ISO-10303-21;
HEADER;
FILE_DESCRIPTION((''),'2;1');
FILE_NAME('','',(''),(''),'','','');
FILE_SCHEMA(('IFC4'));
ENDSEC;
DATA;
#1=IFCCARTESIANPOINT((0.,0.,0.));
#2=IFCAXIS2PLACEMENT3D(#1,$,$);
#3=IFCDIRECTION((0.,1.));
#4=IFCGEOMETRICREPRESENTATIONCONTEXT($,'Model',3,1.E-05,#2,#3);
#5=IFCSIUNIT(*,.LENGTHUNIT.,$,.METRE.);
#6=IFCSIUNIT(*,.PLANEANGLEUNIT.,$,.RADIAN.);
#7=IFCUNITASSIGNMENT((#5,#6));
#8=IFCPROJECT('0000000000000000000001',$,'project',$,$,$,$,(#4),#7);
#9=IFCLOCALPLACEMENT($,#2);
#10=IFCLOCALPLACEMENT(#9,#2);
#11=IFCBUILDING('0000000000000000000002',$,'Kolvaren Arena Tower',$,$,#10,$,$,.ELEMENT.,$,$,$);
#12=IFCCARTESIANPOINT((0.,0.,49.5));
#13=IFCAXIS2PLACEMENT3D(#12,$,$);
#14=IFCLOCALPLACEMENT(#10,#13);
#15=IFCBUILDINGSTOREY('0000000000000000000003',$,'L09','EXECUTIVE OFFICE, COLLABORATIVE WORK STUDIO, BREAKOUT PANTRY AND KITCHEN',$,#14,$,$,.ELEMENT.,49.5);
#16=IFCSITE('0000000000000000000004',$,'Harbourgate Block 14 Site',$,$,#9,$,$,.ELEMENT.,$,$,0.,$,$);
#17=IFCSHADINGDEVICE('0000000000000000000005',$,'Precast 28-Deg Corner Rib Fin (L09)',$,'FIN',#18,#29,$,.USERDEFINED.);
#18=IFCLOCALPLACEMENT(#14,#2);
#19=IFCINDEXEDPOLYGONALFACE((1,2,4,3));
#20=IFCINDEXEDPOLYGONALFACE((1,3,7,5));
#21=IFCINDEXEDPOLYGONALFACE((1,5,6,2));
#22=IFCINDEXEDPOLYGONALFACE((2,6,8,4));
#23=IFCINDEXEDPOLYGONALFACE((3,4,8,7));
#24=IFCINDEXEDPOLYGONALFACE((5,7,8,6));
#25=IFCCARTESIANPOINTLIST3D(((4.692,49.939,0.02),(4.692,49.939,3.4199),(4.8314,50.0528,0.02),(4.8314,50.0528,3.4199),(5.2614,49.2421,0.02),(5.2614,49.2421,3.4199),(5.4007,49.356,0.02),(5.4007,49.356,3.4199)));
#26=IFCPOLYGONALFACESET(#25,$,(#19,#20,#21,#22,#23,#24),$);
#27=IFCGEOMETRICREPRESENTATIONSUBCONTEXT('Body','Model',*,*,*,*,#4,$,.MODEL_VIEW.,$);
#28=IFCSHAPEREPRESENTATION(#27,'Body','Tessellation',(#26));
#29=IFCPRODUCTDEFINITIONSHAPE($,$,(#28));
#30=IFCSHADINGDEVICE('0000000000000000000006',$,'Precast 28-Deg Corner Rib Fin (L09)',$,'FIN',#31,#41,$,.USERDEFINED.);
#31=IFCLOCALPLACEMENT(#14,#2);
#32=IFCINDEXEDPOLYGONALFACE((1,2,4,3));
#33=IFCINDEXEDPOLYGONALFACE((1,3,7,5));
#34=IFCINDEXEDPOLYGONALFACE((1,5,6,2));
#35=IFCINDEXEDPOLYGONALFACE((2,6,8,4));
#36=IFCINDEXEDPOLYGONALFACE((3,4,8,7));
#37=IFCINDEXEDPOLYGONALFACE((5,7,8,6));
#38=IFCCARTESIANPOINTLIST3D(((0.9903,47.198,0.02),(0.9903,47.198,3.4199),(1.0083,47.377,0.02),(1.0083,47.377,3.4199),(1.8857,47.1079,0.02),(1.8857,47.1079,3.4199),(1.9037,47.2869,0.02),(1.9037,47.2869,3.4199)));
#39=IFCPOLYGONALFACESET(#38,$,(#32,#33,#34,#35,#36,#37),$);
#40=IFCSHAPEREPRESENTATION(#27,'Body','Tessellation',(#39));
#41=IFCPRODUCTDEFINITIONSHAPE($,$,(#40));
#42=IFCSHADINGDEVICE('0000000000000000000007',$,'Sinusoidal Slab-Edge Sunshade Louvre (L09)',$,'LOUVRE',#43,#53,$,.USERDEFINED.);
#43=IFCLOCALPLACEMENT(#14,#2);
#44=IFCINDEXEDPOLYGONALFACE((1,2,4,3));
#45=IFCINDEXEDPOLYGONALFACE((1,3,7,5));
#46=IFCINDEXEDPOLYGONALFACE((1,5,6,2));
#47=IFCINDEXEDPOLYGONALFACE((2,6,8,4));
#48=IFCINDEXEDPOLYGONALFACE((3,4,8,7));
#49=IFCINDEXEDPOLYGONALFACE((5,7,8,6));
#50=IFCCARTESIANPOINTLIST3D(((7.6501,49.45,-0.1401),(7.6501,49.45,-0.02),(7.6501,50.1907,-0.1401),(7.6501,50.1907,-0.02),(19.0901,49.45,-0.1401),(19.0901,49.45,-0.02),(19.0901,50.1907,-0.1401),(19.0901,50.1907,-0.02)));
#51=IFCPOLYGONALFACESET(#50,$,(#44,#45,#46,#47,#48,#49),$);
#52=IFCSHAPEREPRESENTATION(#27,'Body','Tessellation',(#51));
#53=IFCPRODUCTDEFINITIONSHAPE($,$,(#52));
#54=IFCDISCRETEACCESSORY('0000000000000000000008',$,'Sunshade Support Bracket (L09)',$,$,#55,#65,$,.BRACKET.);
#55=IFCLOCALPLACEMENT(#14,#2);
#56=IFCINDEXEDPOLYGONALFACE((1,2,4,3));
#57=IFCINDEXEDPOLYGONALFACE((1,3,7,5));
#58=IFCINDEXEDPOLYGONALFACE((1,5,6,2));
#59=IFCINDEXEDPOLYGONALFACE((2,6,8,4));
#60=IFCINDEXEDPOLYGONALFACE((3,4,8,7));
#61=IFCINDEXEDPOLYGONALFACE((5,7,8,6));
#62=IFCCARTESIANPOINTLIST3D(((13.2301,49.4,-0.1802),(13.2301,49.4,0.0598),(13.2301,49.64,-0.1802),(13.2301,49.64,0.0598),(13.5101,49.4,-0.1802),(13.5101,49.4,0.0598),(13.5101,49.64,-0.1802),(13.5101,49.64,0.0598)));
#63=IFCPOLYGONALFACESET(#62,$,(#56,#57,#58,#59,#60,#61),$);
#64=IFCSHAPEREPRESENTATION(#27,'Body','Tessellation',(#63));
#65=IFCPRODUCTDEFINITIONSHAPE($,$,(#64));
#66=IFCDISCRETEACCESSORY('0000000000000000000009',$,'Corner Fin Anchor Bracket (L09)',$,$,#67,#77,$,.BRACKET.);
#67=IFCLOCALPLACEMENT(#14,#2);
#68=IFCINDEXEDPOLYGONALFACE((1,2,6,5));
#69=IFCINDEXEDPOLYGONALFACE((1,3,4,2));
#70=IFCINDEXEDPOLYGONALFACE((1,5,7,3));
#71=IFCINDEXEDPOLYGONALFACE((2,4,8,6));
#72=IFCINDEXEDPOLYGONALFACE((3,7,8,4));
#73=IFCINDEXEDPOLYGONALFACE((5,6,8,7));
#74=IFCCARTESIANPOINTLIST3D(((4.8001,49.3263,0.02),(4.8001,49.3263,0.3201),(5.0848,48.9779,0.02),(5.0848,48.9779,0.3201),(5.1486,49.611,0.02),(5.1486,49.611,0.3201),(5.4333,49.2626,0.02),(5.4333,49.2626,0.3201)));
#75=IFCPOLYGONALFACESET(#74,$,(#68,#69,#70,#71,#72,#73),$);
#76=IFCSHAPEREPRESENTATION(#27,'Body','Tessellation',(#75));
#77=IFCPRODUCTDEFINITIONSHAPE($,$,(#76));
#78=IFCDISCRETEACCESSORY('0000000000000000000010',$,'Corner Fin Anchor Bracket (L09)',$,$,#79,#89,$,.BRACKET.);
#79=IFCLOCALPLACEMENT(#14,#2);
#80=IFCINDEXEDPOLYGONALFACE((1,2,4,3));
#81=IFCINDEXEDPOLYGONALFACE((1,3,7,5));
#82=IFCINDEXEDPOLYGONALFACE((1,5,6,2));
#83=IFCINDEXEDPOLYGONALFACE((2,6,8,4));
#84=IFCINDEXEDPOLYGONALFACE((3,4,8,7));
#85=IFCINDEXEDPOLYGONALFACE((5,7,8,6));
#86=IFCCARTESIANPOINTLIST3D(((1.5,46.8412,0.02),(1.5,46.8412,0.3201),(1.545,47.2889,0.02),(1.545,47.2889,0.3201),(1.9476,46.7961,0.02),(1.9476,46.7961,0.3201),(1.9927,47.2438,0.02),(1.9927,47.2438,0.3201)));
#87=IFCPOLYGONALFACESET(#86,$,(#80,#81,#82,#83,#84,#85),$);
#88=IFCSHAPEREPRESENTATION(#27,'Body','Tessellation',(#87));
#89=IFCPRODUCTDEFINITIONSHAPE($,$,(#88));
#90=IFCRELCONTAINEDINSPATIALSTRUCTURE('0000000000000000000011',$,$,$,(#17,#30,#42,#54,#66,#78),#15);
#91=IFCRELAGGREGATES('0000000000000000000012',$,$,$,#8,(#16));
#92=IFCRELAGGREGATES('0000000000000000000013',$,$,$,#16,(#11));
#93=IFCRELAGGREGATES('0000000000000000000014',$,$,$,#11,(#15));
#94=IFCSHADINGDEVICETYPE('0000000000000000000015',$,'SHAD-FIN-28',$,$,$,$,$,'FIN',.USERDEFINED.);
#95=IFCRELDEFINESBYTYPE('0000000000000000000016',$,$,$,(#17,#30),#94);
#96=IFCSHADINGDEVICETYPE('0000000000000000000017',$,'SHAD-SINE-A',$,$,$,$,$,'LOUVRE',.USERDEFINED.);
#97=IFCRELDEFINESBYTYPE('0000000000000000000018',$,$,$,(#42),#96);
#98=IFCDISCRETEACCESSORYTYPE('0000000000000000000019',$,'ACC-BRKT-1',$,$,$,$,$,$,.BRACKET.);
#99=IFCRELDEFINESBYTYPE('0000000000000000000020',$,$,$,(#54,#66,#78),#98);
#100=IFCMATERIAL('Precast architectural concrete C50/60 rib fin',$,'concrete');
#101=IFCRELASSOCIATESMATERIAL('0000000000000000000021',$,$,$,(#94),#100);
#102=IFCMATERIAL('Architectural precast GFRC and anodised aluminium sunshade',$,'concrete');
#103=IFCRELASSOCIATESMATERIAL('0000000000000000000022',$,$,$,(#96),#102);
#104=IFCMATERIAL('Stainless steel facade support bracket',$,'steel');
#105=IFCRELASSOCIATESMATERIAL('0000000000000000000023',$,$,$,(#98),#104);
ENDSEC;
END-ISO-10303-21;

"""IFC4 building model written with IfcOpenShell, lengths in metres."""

from ifc_helpers import new_model, si_unit, direction, frame, origin, origin_2d, place, context, subcontext, project, spatial, rectangle, extrude, material, type_object, element, save


model = new_model("IFC4")

# Units and contexts
model_context = context("Model", 3, precision=1e-05, world=origin(), true_north=direction((0.0, 1.0)))
body_context = subcontext(model_context, "Body", "Model", "MODEL_VIEW")
ifc_project = project(units=[si_unit("LENGTHUNIT", "METRE"), si_unit("PLANEANGLEUNIT", "RADIAN")], contexts=[model_context])

# Site, building, storey
site_placement = place(None, origin())
site = spatial("IfcSite", under=ifc_project, at=site_placement, Name="Harbourgate Block 14 Site", CompositionType="ELEMENT", RefElevation=0.0)
building_placement = place(site_placement, origin())
building = spatial("IfcBuilding", under=site, at=building_placement, Name="Kolvaren Arena Tower", CompositionType="ELEMENT")
storey_placement = place(building_placement, frame((0.0, 0.0, 49.5)))
storey = spatial("IfcBuildingStorey", under=building, at=storey_placement, Name="L09", Description="EXECUTIVE OFFICE, COLLABORATIVE WORK STUDIO, BREAKOUT PANTRY AND KITCHEN", CompositionType="ELEMENT", Elevation=49.5)

# Shading devices
ifc_material_1 = material(Name="Precast architectural concrete C50/60 rib fin", Category="concrete")
shading_device_type_1 = type_object("IfcShadingDeviceType", Name="SHAD-FIN-28", ElementType="FIN", PredefinedType="USERDEFINED", material=ifc_material_1)
for number, where, z_axis, x_axis, name in (
    (1, (5.0464, 49.6475, 0.02), (0.0, 0.0, 1.0), (-0.632723, 0.774378, 0.0), "Precast 28-Deg Corner Rib Fin (L09)"),
    (2, (1.447, 47.2424, 0.02), (0.0, 0.0, 1.0), (-0.994972, 0.100155, 0.0), "Precast 28-Deg Corner Rib Fin (L09)"),
):
    element("IfcShadingDevice", number, at=place(storey_placement, frame(where, z_axis=z_axis, x_axis=x_axis)), inside=storey, type_object=shading_device_type_1, Name=name, ObjectType="FIN", PredefinedType="USERDEFINED", context=body_context, shape_type="SweptSolid", body=[
        extrude(rectangle(XDim=0.8999, YDim=0.1799, at=origin_2d()), origin(), (0.0, 0.0, 1.0), 3.3999),
    ])
ifc_material_2 = material(Name="Architectural precast GFRC and anodised aluminium sunshade", Category="concrete")
shading_device_type_2 = type_object("IfcShadingDeviceType", Name="SHAD-SINE-A", ElementType="LOUVRE", PredefinedType="USERDEFINED", material=ifc_material_2)
shading_device_placement = place(storey_placement, frame((13.3701, 49.8203, -0.1401), z_axis=(0.0, 0.0, 1.0), x_axis=(1.0, 0.0, 0.0)))
element("IfcShadingDevice", 3, at=shading_device_placement, inside=storey, type_object=shading_device_type_2, Name="Sinusoidal Slab-Edge Sunshade Louvre (L09)", ObjectType="LOUVRE", PredefinedType="USERDEFINED", context=body_context, shape_type="SweptSolid", body=[
    extrude(rectangle(XDim=11.4399, YDim=0.7407, at=origin_2d()), origin(), (0.0, 0.0, 1.0), 0.1201),
])

# Discrete accessories
ifc_material_3 = material(Name="Stainless steel facade support bracket", Category="steel")
discrete_accessory_type = type_object("IfcDiscreteAccessoryType", Name="ACC-BRKT-1", PredefinedType="BRACKET", material=ifc_material_3)
discrete_accessory_placement = place(storey_placement, frame((13.3701, 49.52, -0.1802), z_axis=(0.0, 0.0, 1.0), x_axis=(1.0, 0.0, 0.0)))
element("IfcDiscreteAccessory", 4, at=discrete_accessory_placement, inside=storey, type_object=discrete_accessory_type, Name="Sunshade Support Bracket (L09)", PredefinedType="BRACKET", context=body_context, shape_type="SweptSolid", body=[
    extrude(rectangle(XDim=0.28, YDim=0.24, at=origin_2d()), origin(), (0.0, 0.0, 1.0), 0.24),
])
for number, where, z_axis, x_axis, name in (
    (5, (5.1167, 49.2944, 0.02), (0.0, 0.0, 1.0), (-0.632723, 0.774378, 0.0), "Corner Fin Anchor Bracket (L09)"),
    (6, (1.7463, 47.0425, 0.02), (0.0, 0.0, 1.0), (-0.994972, 0.100155, 0.0), "Corner Fin Anchor Bracket (L09)"),
):
    element("IfcDiscreteAccessory", number, at=place(storey_placement, frame(where, z_axis=z_axis, x_axis=x_axis)), inside=storey, type_object=discrete_accessory_type, Name=name, PredefinedType="BRACKET", context=body_context, shape_type="SweptSolid", body=[
        extrude(rectangle(XDim=0.45, YDim=0.45, at=origin_2d()), origin(), (0.0, 0.0, 1.0), 0.3),
    ])

save(model, "model.ifc")
